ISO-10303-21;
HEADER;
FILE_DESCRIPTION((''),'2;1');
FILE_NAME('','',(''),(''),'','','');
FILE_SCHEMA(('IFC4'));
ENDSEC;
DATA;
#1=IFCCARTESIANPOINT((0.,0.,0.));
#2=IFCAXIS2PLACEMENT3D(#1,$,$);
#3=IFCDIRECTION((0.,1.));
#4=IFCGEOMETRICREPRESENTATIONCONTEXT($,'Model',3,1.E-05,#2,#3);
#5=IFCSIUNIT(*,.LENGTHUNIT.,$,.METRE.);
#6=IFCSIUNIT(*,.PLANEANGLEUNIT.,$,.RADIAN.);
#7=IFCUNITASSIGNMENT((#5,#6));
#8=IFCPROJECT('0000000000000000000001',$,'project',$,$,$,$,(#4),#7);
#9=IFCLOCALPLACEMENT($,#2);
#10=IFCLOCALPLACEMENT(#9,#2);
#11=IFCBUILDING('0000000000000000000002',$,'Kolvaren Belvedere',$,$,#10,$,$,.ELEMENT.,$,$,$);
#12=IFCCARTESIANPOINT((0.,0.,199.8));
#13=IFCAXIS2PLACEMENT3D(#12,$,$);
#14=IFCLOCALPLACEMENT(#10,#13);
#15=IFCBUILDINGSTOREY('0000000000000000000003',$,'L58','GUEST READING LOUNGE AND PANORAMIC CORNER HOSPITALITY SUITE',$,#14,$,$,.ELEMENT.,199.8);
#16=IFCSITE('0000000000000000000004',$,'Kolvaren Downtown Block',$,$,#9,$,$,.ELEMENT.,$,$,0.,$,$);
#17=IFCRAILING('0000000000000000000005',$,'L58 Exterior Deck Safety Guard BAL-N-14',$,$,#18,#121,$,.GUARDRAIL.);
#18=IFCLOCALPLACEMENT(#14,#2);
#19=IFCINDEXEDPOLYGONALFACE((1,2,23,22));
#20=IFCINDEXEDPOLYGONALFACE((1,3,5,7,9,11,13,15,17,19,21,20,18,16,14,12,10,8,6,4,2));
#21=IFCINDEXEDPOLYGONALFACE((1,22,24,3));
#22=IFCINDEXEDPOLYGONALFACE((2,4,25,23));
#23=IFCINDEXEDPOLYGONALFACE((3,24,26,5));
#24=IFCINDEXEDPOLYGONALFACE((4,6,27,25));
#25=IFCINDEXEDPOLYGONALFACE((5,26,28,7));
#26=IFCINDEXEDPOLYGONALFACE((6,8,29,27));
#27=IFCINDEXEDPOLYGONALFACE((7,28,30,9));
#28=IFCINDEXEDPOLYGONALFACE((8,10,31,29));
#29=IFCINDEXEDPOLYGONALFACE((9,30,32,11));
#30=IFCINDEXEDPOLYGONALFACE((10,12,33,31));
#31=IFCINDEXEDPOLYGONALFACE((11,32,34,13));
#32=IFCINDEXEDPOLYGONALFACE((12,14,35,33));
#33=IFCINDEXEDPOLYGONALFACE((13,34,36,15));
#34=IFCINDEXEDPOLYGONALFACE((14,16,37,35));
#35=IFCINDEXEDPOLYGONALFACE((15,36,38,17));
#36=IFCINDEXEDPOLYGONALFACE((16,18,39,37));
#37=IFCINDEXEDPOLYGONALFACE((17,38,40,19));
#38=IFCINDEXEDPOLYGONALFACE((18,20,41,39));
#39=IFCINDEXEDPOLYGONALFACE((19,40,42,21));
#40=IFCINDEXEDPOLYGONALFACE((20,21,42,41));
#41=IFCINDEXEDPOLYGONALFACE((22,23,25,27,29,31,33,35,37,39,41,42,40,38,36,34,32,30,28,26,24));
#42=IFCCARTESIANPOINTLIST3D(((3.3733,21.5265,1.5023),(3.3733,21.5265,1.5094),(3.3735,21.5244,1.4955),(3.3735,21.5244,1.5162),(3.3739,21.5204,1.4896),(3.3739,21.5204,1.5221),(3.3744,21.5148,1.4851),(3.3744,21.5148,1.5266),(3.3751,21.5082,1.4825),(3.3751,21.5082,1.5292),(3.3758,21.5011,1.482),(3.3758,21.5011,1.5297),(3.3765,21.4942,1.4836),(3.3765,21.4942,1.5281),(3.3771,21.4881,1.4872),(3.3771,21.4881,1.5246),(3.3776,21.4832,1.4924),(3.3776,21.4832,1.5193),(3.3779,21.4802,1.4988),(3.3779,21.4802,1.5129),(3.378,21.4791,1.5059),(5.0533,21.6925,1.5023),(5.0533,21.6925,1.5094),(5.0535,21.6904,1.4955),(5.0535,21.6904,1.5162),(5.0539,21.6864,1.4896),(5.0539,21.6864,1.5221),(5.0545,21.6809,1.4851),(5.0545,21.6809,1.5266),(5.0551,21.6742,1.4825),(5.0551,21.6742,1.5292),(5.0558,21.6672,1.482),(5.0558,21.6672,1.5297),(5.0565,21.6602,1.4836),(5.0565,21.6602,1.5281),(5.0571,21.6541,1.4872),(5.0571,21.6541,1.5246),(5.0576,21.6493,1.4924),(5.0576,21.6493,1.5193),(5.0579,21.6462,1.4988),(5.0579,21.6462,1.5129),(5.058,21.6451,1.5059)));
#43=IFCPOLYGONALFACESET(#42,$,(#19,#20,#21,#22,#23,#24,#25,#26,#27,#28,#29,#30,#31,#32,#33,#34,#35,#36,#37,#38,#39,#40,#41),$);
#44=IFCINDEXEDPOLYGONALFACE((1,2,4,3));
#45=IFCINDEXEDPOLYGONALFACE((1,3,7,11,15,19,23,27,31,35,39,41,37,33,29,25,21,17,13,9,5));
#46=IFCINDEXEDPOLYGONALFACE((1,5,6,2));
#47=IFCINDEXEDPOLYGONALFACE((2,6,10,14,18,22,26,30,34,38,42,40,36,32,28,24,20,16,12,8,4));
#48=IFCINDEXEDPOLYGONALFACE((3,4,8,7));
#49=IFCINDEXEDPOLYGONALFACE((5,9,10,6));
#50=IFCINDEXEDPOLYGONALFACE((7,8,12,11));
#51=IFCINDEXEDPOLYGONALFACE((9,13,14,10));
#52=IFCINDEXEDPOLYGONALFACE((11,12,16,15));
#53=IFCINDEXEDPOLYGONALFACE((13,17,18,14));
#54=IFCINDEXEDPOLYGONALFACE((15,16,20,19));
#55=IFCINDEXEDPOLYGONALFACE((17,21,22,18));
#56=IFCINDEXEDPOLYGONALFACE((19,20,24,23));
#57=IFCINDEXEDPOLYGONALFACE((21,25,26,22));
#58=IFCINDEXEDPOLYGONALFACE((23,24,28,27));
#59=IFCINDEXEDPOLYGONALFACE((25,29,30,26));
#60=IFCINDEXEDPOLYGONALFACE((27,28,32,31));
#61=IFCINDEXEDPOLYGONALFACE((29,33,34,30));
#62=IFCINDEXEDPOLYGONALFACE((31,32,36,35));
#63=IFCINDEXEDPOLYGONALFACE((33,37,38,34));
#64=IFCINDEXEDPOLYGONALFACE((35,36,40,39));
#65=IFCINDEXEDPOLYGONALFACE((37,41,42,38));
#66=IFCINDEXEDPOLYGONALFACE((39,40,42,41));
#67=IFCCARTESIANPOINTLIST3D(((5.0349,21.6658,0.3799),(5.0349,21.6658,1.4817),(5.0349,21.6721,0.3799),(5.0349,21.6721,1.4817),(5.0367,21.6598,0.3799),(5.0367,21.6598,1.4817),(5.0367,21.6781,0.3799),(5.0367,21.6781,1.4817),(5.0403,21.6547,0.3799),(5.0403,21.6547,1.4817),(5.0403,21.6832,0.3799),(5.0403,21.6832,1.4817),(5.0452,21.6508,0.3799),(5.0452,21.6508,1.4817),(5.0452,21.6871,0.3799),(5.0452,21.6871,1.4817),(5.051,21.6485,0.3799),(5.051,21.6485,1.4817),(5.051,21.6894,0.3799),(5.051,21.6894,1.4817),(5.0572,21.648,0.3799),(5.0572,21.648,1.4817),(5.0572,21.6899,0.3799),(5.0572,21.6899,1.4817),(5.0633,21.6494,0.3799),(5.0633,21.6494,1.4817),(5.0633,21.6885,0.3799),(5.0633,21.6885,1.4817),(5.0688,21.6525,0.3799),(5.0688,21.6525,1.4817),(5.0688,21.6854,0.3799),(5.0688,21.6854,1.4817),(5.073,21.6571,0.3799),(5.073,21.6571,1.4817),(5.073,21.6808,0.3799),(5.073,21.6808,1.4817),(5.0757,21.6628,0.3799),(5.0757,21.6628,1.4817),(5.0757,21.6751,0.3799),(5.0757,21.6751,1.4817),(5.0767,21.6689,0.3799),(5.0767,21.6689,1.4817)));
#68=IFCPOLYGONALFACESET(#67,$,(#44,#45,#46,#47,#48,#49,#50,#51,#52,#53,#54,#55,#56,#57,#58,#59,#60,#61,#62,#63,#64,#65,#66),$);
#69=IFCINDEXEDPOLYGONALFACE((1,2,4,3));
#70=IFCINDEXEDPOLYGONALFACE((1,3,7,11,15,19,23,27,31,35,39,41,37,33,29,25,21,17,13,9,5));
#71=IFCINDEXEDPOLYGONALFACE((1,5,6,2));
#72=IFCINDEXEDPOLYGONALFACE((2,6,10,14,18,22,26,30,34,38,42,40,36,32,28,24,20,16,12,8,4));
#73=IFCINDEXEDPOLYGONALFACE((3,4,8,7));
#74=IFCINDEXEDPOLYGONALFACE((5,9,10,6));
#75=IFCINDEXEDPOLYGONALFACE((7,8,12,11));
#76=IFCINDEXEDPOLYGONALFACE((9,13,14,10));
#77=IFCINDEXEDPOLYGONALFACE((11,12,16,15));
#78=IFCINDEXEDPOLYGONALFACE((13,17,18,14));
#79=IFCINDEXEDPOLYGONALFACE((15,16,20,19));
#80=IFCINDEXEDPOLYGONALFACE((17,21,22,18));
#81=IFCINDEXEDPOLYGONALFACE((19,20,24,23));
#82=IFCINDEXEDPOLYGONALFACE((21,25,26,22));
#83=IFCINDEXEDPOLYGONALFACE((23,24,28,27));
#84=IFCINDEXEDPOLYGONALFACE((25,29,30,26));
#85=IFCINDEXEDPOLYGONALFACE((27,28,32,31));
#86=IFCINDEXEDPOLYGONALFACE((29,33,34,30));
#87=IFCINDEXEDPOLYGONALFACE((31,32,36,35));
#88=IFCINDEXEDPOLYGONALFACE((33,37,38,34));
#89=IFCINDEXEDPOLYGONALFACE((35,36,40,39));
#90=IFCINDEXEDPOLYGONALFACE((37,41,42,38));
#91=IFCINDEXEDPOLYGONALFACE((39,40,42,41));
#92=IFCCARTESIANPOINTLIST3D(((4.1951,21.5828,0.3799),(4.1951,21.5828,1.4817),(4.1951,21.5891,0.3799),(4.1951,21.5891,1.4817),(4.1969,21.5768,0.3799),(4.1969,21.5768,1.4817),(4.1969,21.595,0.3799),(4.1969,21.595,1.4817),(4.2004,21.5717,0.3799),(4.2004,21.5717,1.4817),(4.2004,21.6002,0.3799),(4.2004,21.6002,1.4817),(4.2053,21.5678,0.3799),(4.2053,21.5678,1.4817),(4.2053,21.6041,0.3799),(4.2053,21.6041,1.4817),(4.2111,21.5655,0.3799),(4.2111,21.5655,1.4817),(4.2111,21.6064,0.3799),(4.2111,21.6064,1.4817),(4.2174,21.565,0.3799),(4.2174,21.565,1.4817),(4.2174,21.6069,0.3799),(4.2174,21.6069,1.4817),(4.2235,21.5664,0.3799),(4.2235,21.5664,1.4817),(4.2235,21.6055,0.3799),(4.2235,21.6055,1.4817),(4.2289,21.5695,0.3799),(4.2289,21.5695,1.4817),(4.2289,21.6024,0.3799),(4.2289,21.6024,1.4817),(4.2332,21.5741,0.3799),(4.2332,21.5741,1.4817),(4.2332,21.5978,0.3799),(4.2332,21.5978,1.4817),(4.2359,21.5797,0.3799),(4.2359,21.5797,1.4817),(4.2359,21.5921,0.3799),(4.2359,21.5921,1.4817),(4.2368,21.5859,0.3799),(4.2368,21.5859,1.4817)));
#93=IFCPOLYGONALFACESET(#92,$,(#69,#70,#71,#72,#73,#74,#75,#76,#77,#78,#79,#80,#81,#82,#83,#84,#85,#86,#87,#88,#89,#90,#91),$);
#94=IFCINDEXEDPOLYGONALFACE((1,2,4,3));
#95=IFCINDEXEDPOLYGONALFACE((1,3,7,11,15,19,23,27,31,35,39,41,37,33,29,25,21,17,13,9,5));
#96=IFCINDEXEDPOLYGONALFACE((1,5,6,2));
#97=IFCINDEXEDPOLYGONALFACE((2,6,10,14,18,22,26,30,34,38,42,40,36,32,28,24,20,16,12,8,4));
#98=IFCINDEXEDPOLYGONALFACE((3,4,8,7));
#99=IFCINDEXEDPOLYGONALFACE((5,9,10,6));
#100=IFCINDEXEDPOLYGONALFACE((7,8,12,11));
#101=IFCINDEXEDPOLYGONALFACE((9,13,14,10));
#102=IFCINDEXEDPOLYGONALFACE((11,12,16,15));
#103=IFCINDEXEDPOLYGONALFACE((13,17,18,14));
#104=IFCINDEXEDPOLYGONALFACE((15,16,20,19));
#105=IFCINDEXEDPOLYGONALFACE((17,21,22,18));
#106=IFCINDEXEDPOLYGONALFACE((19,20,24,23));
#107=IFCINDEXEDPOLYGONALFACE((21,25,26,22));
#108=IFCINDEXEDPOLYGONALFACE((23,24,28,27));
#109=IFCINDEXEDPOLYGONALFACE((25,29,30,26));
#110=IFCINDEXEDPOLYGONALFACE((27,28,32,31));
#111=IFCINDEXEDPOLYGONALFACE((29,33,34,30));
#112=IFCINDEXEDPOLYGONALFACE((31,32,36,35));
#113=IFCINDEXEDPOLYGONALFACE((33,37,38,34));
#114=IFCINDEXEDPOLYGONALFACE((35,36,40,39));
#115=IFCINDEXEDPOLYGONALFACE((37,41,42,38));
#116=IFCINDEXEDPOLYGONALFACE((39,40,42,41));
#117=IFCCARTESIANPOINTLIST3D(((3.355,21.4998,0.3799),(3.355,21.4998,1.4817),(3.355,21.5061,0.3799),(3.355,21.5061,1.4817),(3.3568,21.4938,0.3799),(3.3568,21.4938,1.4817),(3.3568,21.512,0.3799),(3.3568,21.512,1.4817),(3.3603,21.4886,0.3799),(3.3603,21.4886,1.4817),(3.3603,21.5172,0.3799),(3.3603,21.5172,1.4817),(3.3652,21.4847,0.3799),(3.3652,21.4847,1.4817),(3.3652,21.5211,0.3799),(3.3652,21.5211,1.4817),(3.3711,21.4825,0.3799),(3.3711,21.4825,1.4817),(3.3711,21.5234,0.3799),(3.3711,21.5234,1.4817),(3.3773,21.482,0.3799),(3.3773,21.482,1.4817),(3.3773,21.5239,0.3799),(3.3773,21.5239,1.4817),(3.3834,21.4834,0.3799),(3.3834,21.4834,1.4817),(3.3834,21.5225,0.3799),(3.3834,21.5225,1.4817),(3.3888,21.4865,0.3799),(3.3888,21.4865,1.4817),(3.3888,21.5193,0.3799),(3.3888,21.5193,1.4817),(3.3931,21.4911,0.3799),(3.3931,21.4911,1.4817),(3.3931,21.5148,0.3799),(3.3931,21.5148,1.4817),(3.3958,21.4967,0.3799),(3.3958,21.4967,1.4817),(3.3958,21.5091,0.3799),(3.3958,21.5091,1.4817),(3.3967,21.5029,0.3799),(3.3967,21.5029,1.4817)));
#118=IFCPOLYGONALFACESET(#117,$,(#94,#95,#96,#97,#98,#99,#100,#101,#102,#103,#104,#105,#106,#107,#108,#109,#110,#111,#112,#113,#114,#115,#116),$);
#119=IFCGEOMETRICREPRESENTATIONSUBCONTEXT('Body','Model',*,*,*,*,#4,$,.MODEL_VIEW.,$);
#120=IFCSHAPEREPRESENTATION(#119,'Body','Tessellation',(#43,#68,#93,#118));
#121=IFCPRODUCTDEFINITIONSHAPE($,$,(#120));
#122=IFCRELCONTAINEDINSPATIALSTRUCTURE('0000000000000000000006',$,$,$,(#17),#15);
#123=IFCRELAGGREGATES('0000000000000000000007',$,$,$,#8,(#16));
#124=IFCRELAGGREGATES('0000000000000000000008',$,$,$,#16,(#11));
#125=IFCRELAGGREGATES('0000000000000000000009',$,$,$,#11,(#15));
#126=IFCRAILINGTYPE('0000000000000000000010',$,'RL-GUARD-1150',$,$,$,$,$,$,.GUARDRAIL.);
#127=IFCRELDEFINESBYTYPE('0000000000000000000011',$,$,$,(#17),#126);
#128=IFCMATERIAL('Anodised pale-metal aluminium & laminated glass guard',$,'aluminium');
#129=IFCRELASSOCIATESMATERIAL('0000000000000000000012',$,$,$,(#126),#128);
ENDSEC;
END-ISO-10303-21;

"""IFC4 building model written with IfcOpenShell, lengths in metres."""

from ifc_helpers import new_model, si_unit, direction, frame, origin, origin_2d, place, context, subcontext, project, spatial, circle, extrude, material, type_object, element, save


model = new_model("IFC4")

# Units and contexts
model_context = context("Model", 3, precision=1e-05, world=origin(), true_north=direction((0.0, 1.0)))
body_context = subcontext(model_context, "Body", "Model", "MODEL_VIEW")
ifc_project = project(units=[si_unit("LENGTHUNIT", "METRE"), si_unit("PLANEANGLEUNIT", "RADIAN")], contexts=[model_context])

# Site, building, storey
site_placement = place(None, origin())
site = spatial("IfcSite", under=ifc_project, at=site_placement, Name="Kolvaren Downtown Block", CompositionType="ELEMENT", RefElevation=0.0)
building_placement = place(site_placement, origin())
building = spatial("IfcBuilding", under=site, at=building_placement, Name="Kolvaren Belvedere", CompositionType="ELEMENT")
storey_placement = place(building_placement, frame((0.0, 0.0, 199.8)))
storey = spatial("IfcBuildingStorey", under=building, at=storey_placement, Name="L58", Description="GUEST READING LOUNGE AND PANORAMIC CORNER HOSPITALITY SUITE", CompositionType="ELEMENT", Elevation=199.8)

# Railing
ifc_material_1 = material(Name="Anodised pale-metal aluminium & laminated glass guard", Category="aluminium")
railing_type = type_object("IfcRailingType", Name="RL-GUARD-1150", PredefinedType="GUARDRAIL", material=ifc_material_1)
railing_1_placement = place(storey_placement, frame((5.0557, 21.6689, 0.3799)))
element("IfcRailing", 1, at=railing_1_placement, inside=storey, type_object=railing_type, Name="L58 Exterior Deck Safety Guard BAL-N-14", PredefinedType="GUARDRAIL", context=body_context, shape_type="SweptSolid", body=[
    extrude(circle(Radius=0.0239, at=origin_2d()), frame((0.0, 0.0, 1.126), z_axis=(-0.995152, -0.098344, 0.0), x_axis=(0.098344, -0.995152, 0.0)), (0.0, 0.0, 1.0), 1.6882),
    extrude(circle(Radius=0.021, at=origin_2d()), origin(), (0.0, 0.0, 1.0), 1.1018),
    extrude(circle(Radius=0.021, at=origin_2d()), frame((-0.8398, -0.083, 0.0)), (0.0, 0.0, 1.0), 1.1018),
    extrude(circle(Radius=0.021, at=origin_2d()), frame((-1.6799, -0.166, 0.0)), (0.0, 0.0, 1.0), 1.1018),
])

save(model, "model.ifc")
